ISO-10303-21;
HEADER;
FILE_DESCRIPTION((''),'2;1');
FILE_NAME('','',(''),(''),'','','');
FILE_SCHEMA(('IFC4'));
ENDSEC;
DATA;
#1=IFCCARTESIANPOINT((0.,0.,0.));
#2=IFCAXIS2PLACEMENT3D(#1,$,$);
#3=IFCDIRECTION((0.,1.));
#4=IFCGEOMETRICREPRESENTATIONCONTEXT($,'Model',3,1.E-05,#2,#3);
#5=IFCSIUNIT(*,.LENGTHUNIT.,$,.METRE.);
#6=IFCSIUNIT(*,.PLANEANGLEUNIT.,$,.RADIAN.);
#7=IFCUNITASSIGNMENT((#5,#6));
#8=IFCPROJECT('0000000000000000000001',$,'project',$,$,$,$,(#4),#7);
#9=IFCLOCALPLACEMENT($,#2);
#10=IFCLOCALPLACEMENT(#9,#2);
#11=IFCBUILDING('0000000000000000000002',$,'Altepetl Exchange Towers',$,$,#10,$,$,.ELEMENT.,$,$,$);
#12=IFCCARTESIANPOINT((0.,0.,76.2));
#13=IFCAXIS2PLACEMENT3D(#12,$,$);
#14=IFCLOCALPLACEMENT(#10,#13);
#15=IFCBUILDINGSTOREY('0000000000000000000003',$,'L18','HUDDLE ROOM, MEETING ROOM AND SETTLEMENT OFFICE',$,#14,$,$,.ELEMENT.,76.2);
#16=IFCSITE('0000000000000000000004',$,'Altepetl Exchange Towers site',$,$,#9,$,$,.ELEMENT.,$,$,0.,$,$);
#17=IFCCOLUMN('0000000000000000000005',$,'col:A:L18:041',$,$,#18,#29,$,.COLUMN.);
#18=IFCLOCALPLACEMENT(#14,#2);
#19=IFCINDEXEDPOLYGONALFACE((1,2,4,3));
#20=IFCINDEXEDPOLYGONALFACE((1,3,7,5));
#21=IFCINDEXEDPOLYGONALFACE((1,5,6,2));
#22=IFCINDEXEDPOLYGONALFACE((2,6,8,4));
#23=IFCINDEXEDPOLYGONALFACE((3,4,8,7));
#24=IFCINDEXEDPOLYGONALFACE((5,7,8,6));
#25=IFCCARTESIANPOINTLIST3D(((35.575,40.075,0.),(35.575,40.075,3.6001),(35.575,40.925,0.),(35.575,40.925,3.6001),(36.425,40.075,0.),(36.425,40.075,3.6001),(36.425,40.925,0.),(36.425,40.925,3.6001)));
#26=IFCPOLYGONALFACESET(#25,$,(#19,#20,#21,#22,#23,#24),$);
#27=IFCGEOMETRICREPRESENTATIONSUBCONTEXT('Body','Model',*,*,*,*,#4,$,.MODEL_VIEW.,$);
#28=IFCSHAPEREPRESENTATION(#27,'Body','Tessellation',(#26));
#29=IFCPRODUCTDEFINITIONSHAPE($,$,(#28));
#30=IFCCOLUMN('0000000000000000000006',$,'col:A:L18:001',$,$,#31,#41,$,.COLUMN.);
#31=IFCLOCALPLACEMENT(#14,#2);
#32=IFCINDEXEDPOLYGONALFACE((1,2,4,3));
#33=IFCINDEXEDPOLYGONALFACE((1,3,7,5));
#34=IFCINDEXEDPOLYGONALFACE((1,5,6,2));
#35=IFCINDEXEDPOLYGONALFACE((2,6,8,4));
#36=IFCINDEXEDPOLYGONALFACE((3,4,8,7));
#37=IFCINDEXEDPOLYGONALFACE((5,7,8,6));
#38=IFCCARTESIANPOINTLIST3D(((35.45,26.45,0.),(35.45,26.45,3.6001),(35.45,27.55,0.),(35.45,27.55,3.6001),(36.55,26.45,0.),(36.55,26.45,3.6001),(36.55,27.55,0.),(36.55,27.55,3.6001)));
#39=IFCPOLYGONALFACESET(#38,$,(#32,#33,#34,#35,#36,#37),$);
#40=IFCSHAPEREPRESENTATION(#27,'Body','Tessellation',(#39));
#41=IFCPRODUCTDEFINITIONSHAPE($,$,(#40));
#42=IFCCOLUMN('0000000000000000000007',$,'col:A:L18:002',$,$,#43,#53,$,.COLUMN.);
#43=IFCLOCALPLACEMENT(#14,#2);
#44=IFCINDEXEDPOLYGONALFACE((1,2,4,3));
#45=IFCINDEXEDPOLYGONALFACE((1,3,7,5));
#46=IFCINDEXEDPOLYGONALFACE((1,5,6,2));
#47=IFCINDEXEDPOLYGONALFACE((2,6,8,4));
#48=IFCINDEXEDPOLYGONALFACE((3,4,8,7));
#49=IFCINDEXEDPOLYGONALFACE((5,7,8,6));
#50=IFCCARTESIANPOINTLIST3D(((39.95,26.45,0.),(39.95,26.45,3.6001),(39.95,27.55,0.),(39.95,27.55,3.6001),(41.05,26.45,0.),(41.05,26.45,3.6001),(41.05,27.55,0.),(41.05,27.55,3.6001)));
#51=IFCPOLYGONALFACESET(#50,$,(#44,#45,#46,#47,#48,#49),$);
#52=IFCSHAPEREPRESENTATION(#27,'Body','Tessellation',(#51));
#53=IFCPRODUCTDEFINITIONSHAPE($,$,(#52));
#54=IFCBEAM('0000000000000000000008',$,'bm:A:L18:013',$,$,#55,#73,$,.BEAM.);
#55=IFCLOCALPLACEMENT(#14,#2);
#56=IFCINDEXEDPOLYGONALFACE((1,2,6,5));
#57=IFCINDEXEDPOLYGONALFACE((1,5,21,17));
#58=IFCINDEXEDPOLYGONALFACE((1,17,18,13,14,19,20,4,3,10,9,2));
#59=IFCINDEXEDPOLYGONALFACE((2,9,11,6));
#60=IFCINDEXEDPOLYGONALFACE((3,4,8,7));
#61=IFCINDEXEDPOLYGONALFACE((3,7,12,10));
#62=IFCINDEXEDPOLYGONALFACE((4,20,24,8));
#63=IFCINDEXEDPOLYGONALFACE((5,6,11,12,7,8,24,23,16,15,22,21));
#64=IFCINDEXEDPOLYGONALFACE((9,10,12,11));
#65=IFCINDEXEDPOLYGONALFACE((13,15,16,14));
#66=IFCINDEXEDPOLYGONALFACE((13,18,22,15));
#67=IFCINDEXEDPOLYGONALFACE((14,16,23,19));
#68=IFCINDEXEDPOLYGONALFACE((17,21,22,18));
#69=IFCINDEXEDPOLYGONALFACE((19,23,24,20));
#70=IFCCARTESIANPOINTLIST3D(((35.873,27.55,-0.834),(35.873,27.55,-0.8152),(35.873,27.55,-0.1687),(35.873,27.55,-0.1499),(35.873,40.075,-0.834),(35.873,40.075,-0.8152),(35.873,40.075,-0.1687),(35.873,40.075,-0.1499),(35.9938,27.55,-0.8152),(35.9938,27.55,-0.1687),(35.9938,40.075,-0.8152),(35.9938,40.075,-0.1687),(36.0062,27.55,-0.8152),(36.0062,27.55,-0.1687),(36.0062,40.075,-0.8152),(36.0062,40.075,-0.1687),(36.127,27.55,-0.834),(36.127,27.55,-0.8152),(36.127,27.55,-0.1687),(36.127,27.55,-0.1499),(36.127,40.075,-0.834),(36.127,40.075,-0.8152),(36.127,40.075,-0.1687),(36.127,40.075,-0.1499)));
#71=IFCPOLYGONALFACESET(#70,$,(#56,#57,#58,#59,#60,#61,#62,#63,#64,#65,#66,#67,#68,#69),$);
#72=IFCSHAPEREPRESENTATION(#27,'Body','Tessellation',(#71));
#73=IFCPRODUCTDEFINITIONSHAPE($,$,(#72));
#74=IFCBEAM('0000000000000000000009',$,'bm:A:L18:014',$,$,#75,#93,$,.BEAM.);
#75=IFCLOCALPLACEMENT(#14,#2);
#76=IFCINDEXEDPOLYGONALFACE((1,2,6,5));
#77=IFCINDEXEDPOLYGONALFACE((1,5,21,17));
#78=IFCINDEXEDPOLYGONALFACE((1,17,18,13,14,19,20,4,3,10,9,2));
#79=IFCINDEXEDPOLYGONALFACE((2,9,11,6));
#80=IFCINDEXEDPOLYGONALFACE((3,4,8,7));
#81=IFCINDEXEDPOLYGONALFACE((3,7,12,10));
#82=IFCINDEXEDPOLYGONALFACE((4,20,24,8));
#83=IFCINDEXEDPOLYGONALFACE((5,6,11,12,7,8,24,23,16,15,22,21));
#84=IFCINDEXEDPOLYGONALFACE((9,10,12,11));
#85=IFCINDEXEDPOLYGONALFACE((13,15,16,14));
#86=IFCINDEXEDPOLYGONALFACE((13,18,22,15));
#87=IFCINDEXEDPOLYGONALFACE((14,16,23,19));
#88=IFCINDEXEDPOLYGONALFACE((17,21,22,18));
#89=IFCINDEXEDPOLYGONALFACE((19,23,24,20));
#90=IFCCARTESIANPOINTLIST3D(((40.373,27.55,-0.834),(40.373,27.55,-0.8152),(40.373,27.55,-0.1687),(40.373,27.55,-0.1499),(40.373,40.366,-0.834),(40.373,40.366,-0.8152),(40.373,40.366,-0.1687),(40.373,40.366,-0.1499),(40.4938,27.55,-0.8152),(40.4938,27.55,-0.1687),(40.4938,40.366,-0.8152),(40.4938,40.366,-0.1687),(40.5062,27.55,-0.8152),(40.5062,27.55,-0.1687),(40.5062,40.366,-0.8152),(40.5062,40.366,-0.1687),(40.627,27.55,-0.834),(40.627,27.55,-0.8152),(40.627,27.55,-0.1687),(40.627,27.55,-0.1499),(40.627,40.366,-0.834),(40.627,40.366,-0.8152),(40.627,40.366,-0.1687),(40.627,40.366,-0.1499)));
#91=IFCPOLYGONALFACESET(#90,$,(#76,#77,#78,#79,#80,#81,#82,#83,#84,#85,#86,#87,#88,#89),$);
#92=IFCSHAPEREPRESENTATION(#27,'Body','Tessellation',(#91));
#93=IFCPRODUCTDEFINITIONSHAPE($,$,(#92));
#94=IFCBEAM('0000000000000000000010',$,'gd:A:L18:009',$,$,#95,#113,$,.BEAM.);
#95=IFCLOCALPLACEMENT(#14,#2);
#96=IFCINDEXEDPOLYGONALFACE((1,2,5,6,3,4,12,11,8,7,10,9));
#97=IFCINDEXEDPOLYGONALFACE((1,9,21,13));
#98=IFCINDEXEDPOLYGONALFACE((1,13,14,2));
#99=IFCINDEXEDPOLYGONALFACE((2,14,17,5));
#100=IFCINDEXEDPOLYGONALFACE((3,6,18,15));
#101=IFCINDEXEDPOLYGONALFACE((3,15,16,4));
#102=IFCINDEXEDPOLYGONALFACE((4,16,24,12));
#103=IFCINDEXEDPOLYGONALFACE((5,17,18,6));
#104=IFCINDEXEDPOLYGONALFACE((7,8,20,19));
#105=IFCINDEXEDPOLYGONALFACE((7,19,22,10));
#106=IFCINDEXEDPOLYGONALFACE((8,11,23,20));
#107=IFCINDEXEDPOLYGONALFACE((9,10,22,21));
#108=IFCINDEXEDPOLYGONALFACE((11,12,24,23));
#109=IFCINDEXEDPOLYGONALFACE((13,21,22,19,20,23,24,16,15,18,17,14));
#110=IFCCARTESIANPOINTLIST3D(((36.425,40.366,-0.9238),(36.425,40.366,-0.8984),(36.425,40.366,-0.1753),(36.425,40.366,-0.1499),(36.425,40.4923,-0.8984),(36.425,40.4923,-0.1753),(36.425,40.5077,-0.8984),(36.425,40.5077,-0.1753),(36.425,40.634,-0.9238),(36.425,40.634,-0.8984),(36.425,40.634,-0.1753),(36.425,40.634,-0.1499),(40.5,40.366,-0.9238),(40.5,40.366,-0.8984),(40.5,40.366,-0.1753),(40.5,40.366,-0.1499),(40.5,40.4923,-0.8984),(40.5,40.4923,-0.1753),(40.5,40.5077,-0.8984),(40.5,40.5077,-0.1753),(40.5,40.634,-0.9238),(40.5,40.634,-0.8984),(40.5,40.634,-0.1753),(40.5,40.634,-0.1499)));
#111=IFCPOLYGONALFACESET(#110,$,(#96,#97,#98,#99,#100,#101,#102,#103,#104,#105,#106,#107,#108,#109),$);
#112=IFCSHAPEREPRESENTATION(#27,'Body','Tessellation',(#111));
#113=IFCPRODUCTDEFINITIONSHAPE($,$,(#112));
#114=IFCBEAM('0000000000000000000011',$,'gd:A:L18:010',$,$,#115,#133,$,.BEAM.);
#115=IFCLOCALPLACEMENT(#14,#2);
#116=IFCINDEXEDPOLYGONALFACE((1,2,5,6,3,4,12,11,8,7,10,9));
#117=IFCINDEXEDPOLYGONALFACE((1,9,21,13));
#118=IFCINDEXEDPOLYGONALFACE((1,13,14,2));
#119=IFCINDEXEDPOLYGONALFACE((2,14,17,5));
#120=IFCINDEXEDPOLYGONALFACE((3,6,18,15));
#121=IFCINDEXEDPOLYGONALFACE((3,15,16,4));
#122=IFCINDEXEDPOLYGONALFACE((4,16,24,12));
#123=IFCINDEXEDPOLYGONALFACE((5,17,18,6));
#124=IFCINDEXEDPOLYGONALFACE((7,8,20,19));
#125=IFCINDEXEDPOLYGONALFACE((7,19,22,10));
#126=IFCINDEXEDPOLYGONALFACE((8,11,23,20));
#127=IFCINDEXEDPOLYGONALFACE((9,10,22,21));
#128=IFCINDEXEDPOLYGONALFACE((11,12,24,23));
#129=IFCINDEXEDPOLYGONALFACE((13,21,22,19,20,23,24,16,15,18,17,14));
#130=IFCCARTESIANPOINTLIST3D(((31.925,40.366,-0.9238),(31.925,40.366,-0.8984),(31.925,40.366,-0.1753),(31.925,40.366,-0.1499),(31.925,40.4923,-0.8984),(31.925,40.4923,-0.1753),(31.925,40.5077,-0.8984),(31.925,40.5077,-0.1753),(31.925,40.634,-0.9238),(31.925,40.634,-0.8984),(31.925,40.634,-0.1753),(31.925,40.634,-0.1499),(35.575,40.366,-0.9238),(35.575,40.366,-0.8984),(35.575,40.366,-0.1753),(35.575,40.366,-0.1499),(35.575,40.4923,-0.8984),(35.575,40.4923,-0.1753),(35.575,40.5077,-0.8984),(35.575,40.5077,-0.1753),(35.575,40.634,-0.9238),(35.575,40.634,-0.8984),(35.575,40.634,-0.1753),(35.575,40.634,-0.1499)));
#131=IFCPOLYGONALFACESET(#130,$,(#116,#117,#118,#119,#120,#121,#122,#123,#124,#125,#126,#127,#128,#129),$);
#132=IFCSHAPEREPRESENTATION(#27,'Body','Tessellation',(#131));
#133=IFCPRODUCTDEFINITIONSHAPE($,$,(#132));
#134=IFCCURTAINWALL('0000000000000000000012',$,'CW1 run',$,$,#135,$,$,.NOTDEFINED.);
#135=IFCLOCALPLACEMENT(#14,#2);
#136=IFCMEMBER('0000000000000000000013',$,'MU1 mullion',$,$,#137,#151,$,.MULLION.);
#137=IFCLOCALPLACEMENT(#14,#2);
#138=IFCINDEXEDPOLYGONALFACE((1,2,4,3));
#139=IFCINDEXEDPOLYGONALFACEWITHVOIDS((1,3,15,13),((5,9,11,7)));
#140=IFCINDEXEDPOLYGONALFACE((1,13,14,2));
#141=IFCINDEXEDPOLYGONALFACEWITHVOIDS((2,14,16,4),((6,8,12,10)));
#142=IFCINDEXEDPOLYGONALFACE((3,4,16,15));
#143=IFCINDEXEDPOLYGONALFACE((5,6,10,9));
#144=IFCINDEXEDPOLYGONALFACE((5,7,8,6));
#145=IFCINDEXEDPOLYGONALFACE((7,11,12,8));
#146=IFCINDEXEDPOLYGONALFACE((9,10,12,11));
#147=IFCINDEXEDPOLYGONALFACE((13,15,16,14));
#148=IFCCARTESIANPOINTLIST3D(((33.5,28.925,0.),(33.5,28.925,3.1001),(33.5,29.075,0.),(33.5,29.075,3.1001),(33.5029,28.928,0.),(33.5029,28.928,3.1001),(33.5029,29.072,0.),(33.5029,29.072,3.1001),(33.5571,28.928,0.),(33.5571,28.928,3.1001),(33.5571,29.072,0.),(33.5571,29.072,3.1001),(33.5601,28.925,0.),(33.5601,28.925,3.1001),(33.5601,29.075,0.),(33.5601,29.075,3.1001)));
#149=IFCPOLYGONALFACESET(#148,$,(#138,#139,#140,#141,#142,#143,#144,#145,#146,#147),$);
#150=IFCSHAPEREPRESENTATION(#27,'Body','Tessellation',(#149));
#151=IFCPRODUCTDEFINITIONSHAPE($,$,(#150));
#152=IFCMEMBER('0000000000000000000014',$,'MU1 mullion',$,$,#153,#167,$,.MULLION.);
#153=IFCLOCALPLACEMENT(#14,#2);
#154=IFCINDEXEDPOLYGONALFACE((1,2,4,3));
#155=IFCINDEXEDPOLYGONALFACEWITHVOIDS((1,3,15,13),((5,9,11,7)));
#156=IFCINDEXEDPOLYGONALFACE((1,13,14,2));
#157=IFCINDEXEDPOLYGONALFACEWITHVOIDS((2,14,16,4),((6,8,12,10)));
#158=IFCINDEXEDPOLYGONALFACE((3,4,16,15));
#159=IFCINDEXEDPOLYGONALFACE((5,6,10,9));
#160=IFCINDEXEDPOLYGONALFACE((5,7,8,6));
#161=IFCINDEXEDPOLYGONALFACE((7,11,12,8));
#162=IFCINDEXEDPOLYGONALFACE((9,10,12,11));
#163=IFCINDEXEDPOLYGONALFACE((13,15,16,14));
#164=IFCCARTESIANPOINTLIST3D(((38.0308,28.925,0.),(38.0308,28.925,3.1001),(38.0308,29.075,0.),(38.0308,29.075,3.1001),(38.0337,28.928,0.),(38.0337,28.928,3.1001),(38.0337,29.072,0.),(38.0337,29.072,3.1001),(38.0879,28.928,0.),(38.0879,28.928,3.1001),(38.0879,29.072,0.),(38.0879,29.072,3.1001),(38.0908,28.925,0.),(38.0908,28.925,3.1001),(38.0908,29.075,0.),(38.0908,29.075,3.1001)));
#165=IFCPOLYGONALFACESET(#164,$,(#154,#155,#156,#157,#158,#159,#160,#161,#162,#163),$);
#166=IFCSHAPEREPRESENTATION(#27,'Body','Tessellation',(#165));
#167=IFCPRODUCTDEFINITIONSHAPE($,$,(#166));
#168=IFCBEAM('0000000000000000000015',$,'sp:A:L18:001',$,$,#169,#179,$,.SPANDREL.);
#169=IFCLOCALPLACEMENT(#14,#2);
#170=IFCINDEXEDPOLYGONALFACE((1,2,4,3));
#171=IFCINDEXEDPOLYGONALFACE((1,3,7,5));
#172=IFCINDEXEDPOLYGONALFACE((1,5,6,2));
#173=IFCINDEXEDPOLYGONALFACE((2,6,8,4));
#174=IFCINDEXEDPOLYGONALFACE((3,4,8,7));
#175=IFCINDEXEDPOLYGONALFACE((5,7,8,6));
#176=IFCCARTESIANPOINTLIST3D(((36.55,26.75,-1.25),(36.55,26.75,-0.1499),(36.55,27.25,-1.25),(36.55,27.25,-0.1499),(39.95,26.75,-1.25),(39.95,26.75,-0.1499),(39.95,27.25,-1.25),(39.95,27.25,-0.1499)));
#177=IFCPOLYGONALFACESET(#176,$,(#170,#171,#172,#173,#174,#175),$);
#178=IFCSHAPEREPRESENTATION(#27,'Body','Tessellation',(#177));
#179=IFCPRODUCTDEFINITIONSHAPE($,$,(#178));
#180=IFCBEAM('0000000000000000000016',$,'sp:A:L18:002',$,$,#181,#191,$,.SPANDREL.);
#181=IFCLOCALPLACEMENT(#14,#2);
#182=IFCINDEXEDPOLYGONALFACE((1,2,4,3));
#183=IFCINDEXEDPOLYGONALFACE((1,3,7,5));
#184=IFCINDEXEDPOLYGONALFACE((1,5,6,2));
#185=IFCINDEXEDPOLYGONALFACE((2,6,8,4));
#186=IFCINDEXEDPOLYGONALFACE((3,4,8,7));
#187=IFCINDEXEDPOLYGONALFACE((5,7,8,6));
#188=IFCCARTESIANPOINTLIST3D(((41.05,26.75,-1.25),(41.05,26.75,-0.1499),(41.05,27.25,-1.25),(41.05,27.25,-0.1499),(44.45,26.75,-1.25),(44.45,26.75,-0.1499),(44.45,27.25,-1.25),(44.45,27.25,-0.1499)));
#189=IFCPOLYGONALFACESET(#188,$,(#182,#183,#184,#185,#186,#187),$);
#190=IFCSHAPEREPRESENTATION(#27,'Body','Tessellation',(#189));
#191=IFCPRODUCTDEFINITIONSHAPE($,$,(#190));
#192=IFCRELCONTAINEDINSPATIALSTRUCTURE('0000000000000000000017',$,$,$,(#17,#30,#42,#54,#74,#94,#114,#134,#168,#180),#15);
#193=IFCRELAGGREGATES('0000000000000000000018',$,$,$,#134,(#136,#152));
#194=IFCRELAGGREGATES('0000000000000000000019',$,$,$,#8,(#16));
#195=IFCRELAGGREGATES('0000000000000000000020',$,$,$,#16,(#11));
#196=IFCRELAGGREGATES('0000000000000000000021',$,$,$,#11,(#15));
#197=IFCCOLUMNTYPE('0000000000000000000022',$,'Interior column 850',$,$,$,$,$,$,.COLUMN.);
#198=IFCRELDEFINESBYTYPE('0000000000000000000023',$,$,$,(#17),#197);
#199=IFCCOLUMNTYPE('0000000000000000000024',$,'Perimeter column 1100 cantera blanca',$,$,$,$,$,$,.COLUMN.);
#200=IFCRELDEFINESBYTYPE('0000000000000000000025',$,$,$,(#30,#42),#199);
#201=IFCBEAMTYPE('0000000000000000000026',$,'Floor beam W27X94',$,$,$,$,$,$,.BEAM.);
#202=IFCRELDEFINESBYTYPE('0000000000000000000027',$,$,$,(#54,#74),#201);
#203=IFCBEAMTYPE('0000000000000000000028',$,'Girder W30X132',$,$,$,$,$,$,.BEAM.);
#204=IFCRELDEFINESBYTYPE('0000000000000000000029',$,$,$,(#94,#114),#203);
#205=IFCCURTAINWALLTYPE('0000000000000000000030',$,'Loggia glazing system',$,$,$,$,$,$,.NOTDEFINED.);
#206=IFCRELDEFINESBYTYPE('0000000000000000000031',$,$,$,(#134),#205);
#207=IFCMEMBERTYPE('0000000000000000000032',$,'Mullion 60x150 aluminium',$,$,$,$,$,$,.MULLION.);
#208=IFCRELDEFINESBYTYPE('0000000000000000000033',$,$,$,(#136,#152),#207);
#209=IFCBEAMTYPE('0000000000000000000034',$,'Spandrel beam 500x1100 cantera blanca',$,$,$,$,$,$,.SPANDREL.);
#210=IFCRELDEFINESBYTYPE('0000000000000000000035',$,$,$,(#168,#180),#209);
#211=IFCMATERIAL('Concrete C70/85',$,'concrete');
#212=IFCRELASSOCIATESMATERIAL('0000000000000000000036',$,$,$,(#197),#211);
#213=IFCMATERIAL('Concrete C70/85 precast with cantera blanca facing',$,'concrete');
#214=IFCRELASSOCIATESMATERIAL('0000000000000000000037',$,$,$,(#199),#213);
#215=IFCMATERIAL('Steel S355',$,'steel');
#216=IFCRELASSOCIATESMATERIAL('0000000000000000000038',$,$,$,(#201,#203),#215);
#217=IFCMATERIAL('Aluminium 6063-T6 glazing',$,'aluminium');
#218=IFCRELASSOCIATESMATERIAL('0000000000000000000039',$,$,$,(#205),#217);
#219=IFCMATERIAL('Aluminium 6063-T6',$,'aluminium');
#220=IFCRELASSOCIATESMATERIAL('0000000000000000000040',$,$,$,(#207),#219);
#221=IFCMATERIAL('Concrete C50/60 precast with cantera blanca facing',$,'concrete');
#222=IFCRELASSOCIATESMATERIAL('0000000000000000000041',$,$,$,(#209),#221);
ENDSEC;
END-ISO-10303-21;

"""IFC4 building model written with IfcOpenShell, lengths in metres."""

from ifc_helpers import new_model, si_unit, direction, frame, origin, origin_2d, place, context, subcontext, project, spatial, rectangle, hollow_rectangle, i_section, extrude, material, material_profile, profile_set, type_object, element, aggregate, save


model = new_model("IFC4")

# Units and contexts
model_context = context("Model", 3, precision=1e-05, world=origin(), true_north=direction((0.0, 1.0)))
body_context = subcontext(model_context, "Body", "Model", "MODEL_VIEW")
ifc_project = project(units=[si_unit("LENGTHUNIT", "METRE"), si_unit("PLANEANGLEUNIT", "RADIAN")], contexts=[model_context])

# Site, building, storey
site_placement = place(None, origin())
site = spatial("IfcSite", under=ifc_project, at=site_placement, Name="Altepetl Exchange Towers site", CompositionType="ELEMENT", RefElevation=0.0)
building_placement = place(site_placement, origin())
building = spatial("IfcBuilding", under=site, at=building_placement, Name="Altepetl Exchange Towers", CompositionType="ELEMENT")
storey_placement = place(building_placement, frame((0.0, 0.0, 76.2)))
storey = spatial("IfcBuildingStorey", under=building, at=storey_placement, Name="L18", Description="HUDDLE ROOM, MEETING ROOM AND SETTLEMENT OFFICE", CompositionType="ELEMENT", Elevation=76.2)

# Columns
ifc_material_1 = material(Name="Concrete C70/85", Category="concrete")
ifc_material_profile_1 = material_profile(ifc_material_1, rectangle(XDim=0.8501, YDim=0.8501, at=origin_2d()), Name="850 x 850")
ifc_profile_set_1 = profile_set([ifc_material_profile_1], Name="Concrete C70/85")
column_type_1 = type_object("IfcColumnType", Name="Interior column 850", PredefinedType="COLUMN", material=ifc_profile_set_1)
column_placement = place(storey_placement, frame((36.0, 40.5, 0.0)))
element("IfcColumn", 1, at=column_placement, inside=storey, type_object=column_type_1, Name="col:A:L18:041", PredefinedType="COLUMN", context=body_context, shape_type="SweptSolid", body=[
    extrude(rectangle(XDim=0.8501, YDim=0.8501, at=origin_2d()), origin(), (0.0, 0.0, 1.0), 3.6001),
])
ifc_material_2 = material(Name="Concrete C70/85 precast with cantera blanca facing", Category="concrete")
ifc_material_profile_2 = material_profile(ifc_material_2, rectangle(XDim=1.1001, YDim=1.1001, at=origin_2d()), Name="1100 x 1100")
ifc_profile_set_2 = profile_set([ifc_material_profile_2], Name="Concrete C70/85 precast with cantera blanca facing")
column_type_2 = type_object("IfcColumnType", Name="Perimeter column 1100 cantera blanca", PredefinedType="COLUMN", material=ifc_profile_set_2)
for number, where, name in (
    (2, (36.0, 27.0, 0.0), "col:A:L18:001"),
    (3, (40.5, 27.0, 0.0), "col:A:L18:002"),
):
    element("IfcColumn", number, at=place(storey_placement, frame(where)), inside=storey, type_object=column_type_2, Name=name, PredefinedType="COLUMN", context=body_context, shape_type="SweptSolid", body=[
        extrude(rectangle(XDim=1.1001, YDim=1.1001, at=origin_2d()), origin(), (0.0, 0.0, 1.0), 3.6001),
    ])

# Beams
ifc_material_3 = material(Name="Steel S355", Category="steel")
ifc_material_profile_3 = material_profile(ifc_material_3, i_section(OverallWidth=0.2539, OverallDepth=0.6841, WebThickness=0.0125, FlangeThickness=0.0188, at=origin_2d()), Name="W27X94")
ifc_profile_set_3 = profile_set([ifc_material_profile_3], Name="Steel S355")
beam_type_1 = type_object("IfcBeamType", Name="Floor beam W27X94", PredefinedType="BEAM", material=ifc_profile_set_3)
beam_1_placement = place(storey_placement, frame((36.0, 27.55, -0.4919), z_axis=(0.0, 1.0, 0.0), x_axis=(-1.0, 0.0, 0.0)))
element("IfcBeam", 4, at=beam_1_placement, inside=storey, type_object=beam_type_1, Name="bm:A:L18:013", PredefinedType="BEAM", context=body_context, shape_type="SweptSolid", body=[
    extrude(i_section(OverallWidth=0.2539, OverallDepth=0.6841, WebThickness=0.0125, FlangeThickness=0.0188, at=origin_2d()), origin(), (0.0, 0.0, 1.0), 12.5249),
])
beam_2_placement = place(storey_placement, frame((40.5, 27.55, -0.4919), z_axis=(0.0, 1.0, 0.0), x_axis=(-1.0, 0.0, 0.0)))
element("IfcBeam", 5, at=beam_2_placement, inside=storey, type_object=beam_type_1, Name="bm:A:L18:014", PredefinedType="BEAM", context=body_context, shape_type="SweptSolid", body=[
    extrude(i_section(OverallWidth=0.2539, OverallDepth=0.6841, WebThickness=0.0125, FlangeThickness=0.0188, at=origin_2d()), origin(), (0.0, 0.0, 1.0), 12.8159),
])
ifc_material_profile_4 = material_profile(ifc_material_3, i_section(OverallWidth=0.2681, OverallDepth=0.7739, WebThickness=0.0154, FlangeThickness=0.0254, at=origin_2d()), Name="W30X132")
ifc_profile_set_4 = profile_set([ifc_material_profile_4], Name="Steel S355")
beam_type_2 = type_object("IfcBeamType", Name="Girder W30X132", PredefinedType="BEAM", material=ifc_profile_set_4)
beam_3_placement = place(storey_placement, frame((40.5, 40.5, -0.5369), z_axis=(-1.0, 0.0, 0.0), x_axis=(0.0, -1.0, 0.0)))
element("IfcBeam", 6, at=beam_3_placement, inside=storey, type_object=beam_type_2, Name="gd:A:L18:009", PredefinedType="BEAM", context=body_context, shape_type="SweptSolid", body=[
    extrude(i_section(OverallWidth=0.2681, OverallDepth=0.7739, WebThickness=0.0154, FlangeThickness=0.0254, at=origin_2d()), origin(), (0.0, 0.0, 1.0), 4.075),
])
beam_4_placement = place(storey_placement, frame((35.575, 40.5, -0.5369), z_axis=(-1.0, 0.0, 0.0), x_axis=(0.0, -1.0, 0.0)))
element("IfcBeam", 7, at=beam_4_placement, inside=storey, type_object=beam_type_2, Name="gd:A:L18:010", PredefinedType="BEAM", context=body_context, shape_type="SweptSolid", body=[
    extrude(i_section(OverallWidth=0.2681, OverallDepth=0.7739, WebThickness=0.0154, FlangeThickness=0.0254, at=origin_2d()), origin(), (0.0, 0.0, 1.0), 3.6499),
])

# Curtain wall, members
ifc_material_4 = material(Name="Aluminium 6063-T6 glazing", Category="aluminium")
curtain_wall_type = type_object("IfcCurtainWallType", Name="Loggia glazing system", PredefinedType="NOTDEFINED", material=ifc_material_4)
curtain_wall_placement = place(storey_placement, origin())
curtain_wall = element("IfcCurtainWall", 8, at=curtain_wall_placement, inside=storey, type_object=curtain_wall_type, Name="CW1 run", PredefinedType="NOTDEFINED")
ifc_material_5 = material(Name="Aluminium 6063-T6", Category="aluminium")
ifc_material_profile_5 = material_profile(ifc_material_5, hollow_rectangle(XDim=0.0601, YDim=0.1499, WallThickness=0.0029, at=origin_2d()), Name="Mullion 60x150 aluminium")
ifc_profile_set_5 = profile_set([ifc_material_profile_5], Name="Aluminium 6063-T6")
member_type = type_object("IfcMemberType", Name="Mullion 60x150 aluminium", PredefinedType="MULLION", material=ifc_profile_set_5)
member_1_placement = place(storey_placement, frame((33.53, 29.0, 0.0)))
member_1 = element("IfcMember", 9, at=member_1_placement, type_object=member_type, Name="MU1 mullion", PredefinedType="MULLION", context=body_context, shape_type="SweptSolid", body=[
    extrude(hollow_rectangle(XDim=0.0601, YDim=0.1499, WallThickness=0.0029, at=origin_2d()), origin(), (0.0, 0.0, 1.0), 3.1001),
])
member_2_placement = place(storey_placement, frame((38.0608, 29.0, 0.0)))
member_2 = element("IfcMember", 10, at=member_2_placement, type_object=member_type, Name="MU1 mullion", PredefinedType="MULLION", context=body_context, shape_type="SweptSolid", body=[
    extrude(hollow_rectangle(XDim=0.0601, YDim=0.1499, WallThickness=0.0029, at=origin_2d()), origin(), (0.0, 0.0, 1.0), 3.1001),
])

# Beams
ifc_material_6 = material(Name="Concrete C50/60 precast with cantera blanca facing", Category="concrete")
ifc_material_profile_6 = material_profile(ifc_material_6, rectangle(XDim=0.5, YDim=1.1001, at=origin_2d()), Name="500 x 1100")
ifc_profile_set_6 = profile_set([ifc_material_profile_6], Name="Concrete C50/60 precast with cantera blanca facing")
beam_type_3 = type_object("IfcBeamType", Name="Spandrel beam 500x1100 cantera blanca", PredefinedType="SPANDREL", material=ifc_profile_set_6)
for number, where, z_axis, x_axis, name in (
    (11, (36.55, 27.0, -0.7), (1.0, 0.0, 0.0), (0.0, 1.0, 0.0), "sp:A:L18:001"),
    (12, (41.05, 27.0, -0.7), (1.0, 0.0, 0.0), (0.0, 1.0, 0.0), "sp:A:L18:002"),
):
    element("IfcBeam", number, at=place(storey_placement, frame(where, z_axis=z_axis, x_axis=x_axis)), inside=storey, type_object=beam_type_3, Name=name, PredefinedType="SPANDREL", context=body_context, shape_type="SweptSolid", body=[
        extrude(rectangle(XDim=0.5, YDim=1.1001, at=origin_2d()), origin(), (0.0, 0.0, 1.0), 3.3999),
    ])

aggregate(curtain_wall, [member_1, member_2])

save(model, "model.ifc")
